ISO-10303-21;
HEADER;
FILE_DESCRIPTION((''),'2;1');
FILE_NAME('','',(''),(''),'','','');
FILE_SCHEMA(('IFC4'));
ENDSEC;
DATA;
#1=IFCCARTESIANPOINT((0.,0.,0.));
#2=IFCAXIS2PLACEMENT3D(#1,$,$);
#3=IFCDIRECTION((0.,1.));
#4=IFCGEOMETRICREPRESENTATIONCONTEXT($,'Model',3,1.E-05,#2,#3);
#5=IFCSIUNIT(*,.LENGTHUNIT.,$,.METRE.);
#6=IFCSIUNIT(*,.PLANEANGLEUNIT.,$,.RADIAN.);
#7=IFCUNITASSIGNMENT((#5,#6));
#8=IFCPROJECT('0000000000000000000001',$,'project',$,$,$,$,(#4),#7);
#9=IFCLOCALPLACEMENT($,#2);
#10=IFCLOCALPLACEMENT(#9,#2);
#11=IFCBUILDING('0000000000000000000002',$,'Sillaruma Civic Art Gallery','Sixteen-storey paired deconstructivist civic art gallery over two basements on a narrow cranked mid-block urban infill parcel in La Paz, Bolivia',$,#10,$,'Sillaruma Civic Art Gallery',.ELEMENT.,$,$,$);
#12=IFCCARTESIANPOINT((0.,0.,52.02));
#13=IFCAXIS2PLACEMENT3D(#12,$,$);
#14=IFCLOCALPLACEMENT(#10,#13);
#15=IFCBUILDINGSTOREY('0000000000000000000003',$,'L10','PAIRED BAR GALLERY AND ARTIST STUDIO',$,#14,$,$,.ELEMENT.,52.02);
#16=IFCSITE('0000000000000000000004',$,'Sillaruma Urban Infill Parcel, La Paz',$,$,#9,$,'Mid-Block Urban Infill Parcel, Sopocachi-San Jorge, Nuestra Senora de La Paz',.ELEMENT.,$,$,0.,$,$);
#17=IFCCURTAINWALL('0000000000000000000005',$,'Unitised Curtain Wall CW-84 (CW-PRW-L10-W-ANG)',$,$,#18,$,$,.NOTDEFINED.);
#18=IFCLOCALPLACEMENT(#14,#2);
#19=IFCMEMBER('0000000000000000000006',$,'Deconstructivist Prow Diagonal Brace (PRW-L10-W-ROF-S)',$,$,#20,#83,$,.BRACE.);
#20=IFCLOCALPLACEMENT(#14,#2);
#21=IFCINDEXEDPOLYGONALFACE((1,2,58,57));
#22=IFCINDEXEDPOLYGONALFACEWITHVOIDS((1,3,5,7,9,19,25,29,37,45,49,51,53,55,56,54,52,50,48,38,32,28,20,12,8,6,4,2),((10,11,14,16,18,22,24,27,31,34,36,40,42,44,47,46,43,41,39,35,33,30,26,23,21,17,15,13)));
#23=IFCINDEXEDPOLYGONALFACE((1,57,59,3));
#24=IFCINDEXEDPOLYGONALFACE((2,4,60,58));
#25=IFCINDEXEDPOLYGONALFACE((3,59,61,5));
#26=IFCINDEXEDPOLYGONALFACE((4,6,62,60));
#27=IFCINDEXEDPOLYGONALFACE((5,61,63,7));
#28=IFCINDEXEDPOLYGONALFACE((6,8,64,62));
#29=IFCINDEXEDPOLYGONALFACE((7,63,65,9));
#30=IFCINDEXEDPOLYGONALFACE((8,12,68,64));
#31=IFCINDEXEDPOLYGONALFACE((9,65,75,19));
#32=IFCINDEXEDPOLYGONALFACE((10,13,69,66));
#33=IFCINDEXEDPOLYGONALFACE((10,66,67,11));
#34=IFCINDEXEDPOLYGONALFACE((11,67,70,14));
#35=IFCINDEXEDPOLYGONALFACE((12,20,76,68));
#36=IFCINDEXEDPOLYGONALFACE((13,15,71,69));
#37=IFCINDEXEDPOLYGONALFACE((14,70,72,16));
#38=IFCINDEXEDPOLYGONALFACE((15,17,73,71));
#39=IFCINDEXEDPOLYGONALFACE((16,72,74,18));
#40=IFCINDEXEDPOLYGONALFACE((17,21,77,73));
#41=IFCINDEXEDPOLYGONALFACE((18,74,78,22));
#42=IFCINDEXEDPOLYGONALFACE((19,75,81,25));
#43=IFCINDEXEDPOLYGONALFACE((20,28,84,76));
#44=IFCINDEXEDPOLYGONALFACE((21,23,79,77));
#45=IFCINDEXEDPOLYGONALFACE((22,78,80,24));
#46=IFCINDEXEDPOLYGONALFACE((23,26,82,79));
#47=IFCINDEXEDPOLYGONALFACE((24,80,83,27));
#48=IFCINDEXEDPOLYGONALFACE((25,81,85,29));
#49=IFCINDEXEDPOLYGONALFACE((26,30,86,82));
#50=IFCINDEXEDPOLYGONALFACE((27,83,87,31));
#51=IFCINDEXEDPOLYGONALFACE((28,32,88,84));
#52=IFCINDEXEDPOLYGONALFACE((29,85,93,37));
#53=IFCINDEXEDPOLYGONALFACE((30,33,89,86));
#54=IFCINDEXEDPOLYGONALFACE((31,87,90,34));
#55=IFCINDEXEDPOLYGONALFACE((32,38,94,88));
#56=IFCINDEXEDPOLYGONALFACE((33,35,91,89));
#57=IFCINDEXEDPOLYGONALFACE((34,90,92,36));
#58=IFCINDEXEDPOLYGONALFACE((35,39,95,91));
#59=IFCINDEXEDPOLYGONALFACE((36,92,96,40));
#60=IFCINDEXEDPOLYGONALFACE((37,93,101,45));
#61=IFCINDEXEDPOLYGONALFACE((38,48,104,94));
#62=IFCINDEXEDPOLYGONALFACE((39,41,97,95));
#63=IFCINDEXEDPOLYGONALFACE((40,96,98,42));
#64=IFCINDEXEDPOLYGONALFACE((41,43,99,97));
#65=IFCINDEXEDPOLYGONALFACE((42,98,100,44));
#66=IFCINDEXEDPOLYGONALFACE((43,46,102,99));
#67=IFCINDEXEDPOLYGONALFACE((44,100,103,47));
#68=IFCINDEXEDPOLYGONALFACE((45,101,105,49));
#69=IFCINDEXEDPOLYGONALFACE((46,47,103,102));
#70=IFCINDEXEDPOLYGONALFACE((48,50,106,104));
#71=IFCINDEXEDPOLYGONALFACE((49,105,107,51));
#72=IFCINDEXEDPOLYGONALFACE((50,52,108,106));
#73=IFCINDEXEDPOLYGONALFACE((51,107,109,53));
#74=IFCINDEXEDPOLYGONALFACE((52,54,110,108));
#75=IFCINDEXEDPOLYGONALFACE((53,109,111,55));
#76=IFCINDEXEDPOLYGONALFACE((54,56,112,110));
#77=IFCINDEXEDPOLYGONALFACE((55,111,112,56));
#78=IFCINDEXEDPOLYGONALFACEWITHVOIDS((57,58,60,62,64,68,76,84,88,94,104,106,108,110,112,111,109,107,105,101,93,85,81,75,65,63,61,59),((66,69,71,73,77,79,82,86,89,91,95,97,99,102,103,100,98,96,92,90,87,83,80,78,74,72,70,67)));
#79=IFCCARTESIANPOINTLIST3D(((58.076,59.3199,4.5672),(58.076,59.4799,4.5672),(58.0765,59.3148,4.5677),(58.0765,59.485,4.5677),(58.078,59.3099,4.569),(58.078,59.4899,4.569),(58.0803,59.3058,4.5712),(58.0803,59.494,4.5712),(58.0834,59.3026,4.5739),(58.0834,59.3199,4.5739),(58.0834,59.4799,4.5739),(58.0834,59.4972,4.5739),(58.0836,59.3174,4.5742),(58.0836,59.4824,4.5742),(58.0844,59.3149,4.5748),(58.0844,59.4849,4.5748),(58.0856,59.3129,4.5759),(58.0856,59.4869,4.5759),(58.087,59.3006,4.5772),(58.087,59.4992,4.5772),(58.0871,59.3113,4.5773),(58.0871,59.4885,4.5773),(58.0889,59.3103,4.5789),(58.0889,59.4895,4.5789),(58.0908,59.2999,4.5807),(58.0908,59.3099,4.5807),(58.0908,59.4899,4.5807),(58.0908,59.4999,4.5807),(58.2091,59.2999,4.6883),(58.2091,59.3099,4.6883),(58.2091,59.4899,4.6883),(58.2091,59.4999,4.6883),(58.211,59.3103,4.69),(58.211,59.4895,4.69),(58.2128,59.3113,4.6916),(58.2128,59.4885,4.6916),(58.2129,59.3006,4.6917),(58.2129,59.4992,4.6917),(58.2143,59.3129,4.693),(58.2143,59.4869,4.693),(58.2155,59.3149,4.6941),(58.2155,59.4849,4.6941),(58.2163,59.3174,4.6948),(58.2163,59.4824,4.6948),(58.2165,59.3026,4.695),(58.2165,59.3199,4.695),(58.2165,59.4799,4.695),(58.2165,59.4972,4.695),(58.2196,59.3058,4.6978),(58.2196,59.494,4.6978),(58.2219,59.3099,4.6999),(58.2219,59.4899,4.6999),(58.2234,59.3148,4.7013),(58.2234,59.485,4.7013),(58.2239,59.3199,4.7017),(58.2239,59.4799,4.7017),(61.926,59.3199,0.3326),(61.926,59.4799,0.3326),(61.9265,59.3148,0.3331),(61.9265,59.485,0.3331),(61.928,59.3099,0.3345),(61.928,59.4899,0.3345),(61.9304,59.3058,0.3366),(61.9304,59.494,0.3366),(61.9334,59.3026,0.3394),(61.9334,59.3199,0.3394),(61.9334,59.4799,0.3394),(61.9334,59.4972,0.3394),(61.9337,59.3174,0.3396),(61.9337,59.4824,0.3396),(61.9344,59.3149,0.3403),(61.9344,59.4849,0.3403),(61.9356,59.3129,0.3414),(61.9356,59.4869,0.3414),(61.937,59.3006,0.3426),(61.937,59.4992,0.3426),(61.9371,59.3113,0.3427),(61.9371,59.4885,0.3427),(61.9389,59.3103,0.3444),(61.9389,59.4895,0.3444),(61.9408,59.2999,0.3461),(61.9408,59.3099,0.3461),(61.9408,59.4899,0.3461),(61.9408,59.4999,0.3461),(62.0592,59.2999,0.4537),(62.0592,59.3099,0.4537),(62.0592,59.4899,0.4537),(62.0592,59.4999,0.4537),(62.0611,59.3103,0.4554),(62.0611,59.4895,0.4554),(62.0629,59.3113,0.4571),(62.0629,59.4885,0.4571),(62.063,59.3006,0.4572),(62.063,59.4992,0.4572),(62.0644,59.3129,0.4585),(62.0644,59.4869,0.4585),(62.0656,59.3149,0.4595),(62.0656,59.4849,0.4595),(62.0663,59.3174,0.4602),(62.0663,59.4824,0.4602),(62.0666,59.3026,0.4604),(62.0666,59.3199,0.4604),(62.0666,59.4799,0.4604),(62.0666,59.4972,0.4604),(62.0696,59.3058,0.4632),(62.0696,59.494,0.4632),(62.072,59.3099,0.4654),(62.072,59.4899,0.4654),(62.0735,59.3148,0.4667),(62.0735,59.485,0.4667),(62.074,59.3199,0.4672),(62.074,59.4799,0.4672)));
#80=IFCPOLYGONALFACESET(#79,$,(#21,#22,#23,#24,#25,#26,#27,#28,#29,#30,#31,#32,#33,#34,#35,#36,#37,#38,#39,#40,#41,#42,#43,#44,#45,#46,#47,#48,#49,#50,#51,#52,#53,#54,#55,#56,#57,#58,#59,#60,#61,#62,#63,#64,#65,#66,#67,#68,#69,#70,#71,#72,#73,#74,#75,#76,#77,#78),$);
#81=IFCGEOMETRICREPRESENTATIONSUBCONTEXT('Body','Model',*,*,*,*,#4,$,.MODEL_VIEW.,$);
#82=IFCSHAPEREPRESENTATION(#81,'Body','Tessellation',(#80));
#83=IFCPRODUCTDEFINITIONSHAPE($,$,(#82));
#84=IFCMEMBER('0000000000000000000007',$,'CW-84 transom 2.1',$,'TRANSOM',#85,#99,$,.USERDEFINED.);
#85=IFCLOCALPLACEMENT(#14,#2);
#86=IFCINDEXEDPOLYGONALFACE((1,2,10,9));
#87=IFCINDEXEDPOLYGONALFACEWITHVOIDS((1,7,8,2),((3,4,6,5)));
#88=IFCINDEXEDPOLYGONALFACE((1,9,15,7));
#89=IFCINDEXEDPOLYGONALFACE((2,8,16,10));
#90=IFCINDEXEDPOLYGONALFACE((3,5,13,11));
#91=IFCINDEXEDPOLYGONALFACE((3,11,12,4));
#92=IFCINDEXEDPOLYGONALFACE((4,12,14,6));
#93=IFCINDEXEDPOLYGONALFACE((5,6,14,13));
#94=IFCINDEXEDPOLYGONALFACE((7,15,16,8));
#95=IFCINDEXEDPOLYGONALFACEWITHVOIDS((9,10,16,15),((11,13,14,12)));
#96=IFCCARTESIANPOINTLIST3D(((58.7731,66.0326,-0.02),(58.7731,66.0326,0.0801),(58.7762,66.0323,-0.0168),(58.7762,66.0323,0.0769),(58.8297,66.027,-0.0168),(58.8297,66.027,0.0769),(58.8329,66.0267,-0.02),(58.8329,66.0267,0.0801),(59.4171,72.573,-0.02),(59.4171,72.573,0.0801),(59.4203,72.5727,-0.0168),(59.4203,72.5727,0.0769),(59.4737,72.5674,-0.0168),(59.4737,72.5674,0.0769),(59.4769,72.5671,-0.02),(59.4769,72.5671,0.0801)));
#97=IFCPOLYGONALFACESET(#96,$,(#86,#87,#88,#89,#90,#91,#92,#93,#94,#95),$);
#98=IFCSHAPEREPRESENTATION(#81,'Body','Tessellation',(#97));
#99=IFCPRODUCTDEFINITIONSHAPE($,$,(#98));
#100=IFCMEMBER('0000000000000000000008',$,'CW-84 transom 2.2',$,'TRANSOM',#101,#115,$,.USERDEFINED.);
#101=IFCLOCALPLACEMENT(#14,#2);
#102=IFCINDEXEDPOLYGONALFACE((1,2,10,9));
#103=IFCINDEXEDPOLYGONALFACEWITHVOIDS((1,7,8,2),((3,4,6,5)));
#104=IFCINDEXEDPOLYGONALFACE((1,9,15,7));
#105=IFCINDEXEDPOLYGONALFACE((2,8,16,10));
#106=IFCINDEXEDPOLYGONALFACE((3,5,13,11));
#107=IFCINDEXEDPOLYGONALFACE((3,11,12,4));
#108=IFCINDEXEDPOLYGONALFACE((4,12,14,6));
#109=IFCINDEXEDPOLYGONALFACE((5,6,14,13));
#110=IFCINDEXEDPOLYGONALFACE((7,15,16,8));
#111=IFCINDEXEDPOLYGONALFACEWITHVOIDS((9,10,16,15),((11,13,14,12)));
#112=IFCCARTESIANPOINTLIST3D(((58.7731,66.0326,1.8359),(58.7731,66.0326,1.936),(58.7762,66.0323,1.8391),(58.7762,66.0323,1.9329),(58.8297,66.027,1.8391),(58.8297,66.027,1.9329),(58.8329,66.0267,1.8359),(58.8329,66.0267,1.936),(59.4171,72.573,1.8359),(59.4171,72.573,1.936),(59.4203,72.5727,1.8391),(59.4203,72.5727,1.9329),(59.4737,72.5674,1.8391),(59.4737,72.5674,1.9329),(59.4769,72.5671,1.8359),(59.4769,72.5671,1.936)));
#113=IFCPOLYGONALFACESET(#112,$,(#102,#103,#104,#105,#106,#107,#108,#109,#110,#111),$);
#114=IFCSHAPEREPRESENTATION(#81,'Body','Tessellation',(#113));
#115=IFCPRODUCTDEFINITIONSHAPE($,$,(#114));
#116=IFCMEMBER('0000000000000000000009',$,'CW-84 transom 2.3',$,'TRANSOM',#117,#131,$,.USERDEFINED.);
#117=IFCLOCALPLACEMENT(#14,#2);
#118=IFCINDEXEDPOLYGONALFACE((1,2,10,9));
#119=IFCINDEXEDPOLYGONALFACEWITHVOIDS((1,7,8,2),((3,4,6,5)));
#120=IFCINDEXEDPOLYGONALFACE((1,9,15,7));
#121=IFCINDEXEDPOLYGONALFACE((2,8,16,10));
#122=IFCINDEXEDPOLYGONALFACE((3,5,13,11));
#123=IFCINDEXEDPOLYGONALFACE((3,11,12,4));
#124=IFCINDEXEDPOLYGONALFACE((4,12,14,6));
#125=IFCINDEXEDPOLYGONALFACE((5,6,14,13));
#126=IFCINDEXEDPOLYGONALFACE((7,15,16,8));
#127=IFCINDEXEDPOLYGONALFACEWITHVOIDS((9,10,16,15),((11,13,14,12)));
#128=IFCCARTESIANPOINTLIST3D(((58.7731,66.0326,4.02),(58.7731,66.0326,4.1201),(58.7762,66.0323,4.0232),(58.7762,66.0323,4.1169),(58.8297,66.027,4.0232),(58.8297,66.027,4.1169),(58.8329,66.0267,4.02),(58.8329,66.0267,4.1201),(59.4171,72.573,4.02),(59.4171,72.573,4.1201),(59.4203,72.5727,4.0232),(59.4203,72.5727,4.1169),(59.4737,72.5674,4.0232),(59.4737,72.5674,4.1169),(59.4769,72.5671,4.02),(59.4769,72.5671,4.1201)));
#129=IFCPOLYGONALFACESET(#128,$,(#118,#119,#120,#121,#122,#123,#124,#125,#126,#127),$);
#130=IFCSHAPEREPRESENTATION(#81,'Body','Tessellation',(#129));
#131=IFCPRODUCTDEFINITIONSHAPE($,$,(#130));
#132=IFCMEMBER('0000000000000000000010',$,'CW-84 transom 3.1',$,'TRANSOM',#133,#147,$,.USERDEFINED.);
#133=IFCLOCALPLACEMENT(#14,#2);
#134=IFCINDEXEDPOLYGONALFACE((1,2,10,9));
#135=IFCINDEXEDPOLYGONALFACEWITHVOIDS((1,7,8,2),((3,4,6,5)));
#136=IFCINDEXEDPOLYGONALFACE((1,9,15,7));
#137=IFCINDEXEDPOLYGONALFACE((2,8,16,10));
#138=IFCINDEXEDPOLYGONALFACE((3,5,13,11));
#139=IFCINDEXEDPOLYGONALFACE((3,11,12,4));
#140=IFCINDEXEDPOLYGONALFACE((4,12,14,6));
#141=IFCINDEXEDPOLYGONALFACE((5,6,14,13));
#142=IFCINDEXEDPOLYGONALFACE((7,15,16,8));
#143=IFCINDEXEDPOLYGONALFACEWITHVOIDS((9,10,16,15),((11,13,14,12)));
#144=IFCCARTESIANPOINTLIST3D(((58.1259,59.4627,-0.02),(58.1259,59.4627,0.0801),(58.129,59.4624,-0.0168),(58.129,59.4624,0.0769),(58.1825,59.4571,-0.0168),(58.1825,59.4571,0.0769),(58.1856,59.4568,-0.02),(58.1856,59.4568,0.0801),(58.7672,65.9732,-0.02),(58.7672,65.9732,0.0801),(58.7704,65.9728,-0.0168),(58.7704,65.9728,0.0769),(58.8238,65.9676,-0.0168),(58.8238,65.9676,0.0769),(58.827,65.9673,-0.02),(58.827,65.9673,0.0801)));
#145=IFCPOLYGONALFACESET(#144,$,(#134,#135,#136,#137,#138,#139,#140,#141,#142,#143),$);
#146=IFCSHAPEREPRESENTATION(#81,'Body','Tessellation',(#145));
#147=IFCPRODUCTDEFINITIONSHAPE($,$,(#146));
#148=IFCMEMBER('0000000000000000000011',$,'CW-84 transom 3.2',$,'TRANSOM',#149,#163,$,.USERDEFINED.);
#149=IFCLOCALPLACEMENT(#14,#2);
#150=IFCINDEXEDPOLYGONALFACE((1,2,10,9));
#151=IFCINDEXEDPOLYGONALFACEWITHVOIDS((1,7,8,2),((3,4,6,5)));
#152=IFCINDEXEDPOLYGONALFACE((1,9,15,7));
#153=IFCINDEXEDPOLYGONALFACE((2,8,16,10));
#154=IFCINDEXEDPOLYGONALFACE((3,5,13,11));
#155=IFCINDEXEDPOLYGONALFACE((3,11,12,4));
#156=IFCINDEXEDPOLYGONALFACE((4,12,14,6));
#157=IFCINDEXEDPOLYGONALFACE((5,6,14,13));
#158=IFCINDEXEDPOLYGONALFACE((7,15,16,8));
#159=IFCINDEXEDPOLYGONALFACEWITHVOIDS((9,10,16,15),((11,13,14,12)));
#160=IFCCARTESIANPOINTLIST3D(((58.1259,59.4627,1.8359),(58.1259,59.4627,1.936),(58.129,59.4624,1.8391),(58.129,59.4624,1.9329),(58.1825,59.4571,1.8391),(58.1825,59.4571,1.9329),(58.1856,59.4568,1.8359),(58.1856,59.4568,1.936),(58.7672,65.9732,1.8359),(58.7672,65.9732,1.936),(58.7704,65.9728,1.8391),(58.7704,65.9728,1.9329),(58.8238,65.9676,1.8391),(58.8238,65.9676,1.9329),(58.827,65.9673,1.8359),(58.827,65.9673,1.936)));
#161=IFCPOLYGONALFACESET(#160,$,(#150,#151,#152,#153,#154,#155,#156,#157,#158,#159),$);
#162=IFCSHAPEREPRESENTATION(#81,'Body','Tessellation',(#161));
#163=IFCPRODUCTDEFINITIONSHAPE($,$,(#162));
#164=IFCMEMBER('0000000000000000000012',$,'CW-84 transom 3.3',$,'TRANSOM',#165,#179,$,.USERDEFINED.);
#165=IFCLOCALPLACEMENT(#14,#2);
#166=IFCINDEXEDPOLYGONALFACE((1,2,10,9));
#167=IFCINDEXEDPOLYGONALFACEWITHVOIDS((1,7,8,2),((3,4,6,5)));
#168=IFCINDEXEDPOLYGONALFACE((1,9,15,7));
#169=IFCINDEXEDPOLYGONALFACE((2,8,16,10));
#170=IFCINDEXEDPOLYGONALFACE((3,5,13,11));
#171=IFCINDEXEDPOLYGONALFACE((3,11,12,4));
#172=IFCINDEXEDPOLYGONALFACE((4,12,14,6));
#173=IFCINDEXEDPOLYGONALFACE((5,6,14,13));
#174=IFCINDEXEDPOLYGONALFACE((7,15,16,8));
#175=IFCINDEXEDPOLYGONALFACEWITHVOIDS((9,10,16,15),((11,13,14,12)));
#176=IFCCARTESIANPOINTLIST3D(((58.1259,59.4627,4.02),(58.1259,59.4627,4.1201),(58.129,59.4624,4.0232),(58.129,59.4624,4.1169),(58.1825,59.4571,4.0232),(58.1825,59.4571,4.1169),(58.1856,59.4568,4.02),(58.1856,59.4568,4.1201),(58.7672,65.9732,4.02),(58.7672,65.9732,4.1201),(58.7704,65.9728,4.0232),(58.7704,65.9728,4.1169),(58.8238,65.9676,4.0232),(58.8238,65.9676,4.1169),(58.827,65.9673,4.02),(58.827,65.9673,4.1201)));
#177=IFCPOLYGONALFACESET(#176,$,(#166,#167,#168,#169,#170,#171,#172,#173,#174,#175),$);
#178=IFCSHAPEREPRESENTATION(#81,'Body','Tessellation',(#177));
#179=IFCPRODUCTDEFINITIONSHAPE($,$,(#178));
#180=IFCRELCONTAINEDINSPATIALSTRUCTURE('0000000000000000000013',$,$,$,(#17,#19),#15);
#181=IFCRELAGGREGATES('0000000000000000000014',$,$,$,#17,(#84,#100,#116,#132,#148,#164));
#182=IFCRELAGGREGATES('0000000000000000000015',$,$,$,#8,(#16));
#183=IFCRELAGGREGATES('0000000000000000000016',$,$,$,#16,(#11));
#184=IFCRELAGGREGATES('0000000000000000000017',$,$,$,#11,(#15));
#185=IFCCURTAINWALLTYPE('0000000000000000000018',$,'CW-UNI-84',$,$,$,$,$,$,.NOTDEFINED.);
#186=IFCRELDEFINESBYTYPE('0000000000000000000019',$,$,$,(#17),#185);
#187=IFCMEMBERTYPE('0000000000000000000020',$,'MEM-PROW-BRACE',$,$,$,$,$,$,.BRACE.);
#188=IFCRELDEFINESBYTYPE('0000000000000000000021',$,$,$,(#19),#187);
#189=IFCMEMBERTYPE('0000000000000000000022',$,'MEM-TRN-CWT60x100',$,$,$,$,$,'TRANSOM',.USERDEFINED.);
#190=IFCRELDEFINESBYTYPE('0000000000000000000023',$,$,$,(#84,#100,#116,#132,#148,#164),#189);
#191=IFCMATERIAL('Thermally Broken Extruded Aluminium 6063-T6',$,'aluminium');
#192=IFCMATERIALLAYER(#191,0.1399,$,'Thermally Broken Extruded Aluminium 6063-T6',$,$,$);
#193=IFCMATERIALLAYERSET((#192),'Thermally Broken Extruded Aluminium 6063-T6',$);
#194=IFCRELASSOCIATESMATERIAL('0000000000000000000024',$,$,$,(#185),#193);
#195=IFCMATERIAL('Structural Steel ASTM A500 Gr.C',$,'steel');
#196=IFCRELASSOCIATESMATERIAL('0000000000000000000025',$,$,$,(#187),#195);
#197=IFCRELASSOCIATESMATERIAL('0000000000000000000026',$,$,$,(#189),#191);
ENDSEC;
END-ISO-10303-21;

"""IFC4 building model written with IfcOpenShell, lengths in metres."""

from ifc_helpers import new_model, si_unit, direction, frame, origin, origin_2d, place, context, subcontext, project, spatial, hollow_rectangle, extrude, material, layer, layer_set, material_profile, profile_set, type_object, element, aggregate, save


model = new_model("IFC4")

# Units and contexts
model_context = context("Model", 3, precision=1e-05, world=origin(), true_north=direction((0.0, 1.0)))
body_context = subcontext(model_context, "Body", "Model", "MODEL_VIEW")
ifc_project = project(units=[si_unit("LENGTHUNIT", "METRE"), si_unit("PLANEANGLEUNIT", "RADIAN")], contexts=[model_context])

# Site, building, storey
site_placement = place(None, origin())
site = spatial("IfcSite", under=ifc_project, at=site_placement, Name="Sillaruma Urban Infill Parcel, La Paz", LongName="Mid-Block Urban Infill Parcel, Sopocachi-San Jorge, Nuestra Senora de La Paz", CompositionType="ELEMENT", RefElevation=0.0)
building_placement = place(site_placement, origin())
building = spatial("IfcBuilding", under=site, at=building_placement, Name="Sillaruma Civic Art Gallery", Description="Sixteen-storey paired deconstructivist civic art gallery over two basements on a narrow cranked mid-block urban infill parcel in La Paz, Bolivia", LongName="Sillaruma Civic Art Gallery", CompositionType="ELEMENT")
storey_placement = place(building_placement, frame((0.0, 0.0, 52.02)))
storey = spatial("IfcBuildingStorey", under=building, at=storey_placement, Name="L10", Description="PAIRED BAR GALLERY AND ARTIST STUDIO", CompositionType="ELEMENT", Elevation=52.02)

# Shared definitions
ifc_material_1 = material(Name="Thermally Broken Extruded Aluminium 6063-T6", Category="aluminium")

# Curtain wall
ifc_layer_1 = layer(ifc_material_1, 0.1399, Name="Thermally Broken Extruded Aluminium 6063-T6")
ifc_layer_set_1 = layer_set([ifc_layer_1], Name="Thermally Broken Extruded Aluminium 6063-T6")
curtain_wall_type_1 = type_object("IfcCurtainWallType", Name="CW-UNI-84", PredefinedType="NOTDEFINED", material=ifc_layer_set_1)
curtain_wall_1_placement = place(storey_placement, origin())
curtain_wall_1 = element("IfcCurtainWall", 1, at=curtain_wall_1_placement, inside=storey, type_object=curtain_wall_type_1, Name="Unitised Curtain Wall CW-84 (CW-PRW-L10-W-ANG)", PredefinedType="NOTDEFINED")

# Members
ifc_material_2 = material(Name="Structural Steel ASTM A500 Gr.C", Category="steel")
ifc_material_profile_1 = material_profile(ifc_material_2, hollow_rectangle(XDim=0.2, YDim=0.2, WallThickness=0.01, InnerFilletRadius=0.01, OuterFilletRadius=0.02, at=origin_2d()), Name="HSS200x200x10")
ifc_profile_set_1 = profile_set([ifc_material_profile_1], Name="Structural Steel ASTM A500 Gr.C")
member_type_1 = type_object("IfcMemberType", Name="MEM-PROW-BRACE", PredefinedType="BRACE", material=ifc_profile_set_1)
member_1_placement = place(storey_placement, frame((62.0, 59.3999, 0.3999), z_axis=(-0.672715, 0.0, 0.739901), x_axis=(0.0, -1.0, 0.0)))
element("IfcMember", 2, at=member_1_placement, inside=storey, type_object=member_type_1, Name="Deconstructivist Prow Diagonal Brace (PRW-L10-W-ROF-S)", PredefinedType="BRACE", context=body_context, shape_type="SweptSolid", body=[
    extrude(hollow_rectangle(XDim=0.2, YDim=0.2, WallThickness=0.01, InnerFilletRadius=0.01, OuterFilletRadius=0.02, at=origin_2d()), origin(), (0.0, 0.0, 1.0), 5.7231),
])
ifc_material_profile_2 = material_profile(ifc_material_1, hollow_rectangle(XDim=0.0601, YDim=0.1001, WallThickness=0.0032, at=origin_2d()), Name="CWT60x100")
ifc_profile_set_2 = profile_set([ifc_material_profile_2], Name="Thermally Broken Extruded Aluminium 6063-T6")
member_type_2 = type_object("IfcMemberType", Name="MEM-TRN-CWT60x100", ElementType="TRANSOM", PredefinedType="USERDEFINED", material=ifc_profile_set_2)
member_2_placement = place(storey_placement, frame((59.447, 72.5701, 0.03), z_axis=(-0.097999, -0.995186, 0.0), x_axis=(0.995186, -0.097999, 0.0)))
member_2 = element("IfcMember", 3, at=member_2_placement, type_object=member_type_2, Name="CW-84 transom 2.1", ObjectType="TRANSOM", PredefinedType="USERDEFINED", context=body_context, shape_type="SweptSolid", body=[
    extrude(hollow_rectangle(XDim=0.0601, YDim=0.1001, WallThickness=0.0032, at=origin_2d()), origin(), (0.0, 0.0, 1.0), 6.572),
])
member_3_placement = place(storey_placement, frame((59.447, 72.5701, 1.886), z_axis=(-0.097999, -0.995186, 0.0), x_axis=(0.995186, -0.097999, 0.0)))
member_3 = element("IfcMember", 4, at=member_3_placement, type_object=member_type_2, Name="CW-84 transom 2.2", ObjectType="TRANSOM", PredefinedType="USERDEFINED", context=body_context, shape_type="SweptSolid", body=[
    extrude(hollow_rectangle(XDim=0.0601, YDim=0.1001, WallThickness=0.0032, at=origin_2d()), origin(), (0.0, 0.0, 1.0), 6.572),
])
member_4_placement = place(storey_placement, frame((59.447, 72.5701, 4.0701), z_axis=(-0.097999, -0.995186, 0.0), x_axis=(0.995186, -0.097999, 0.0)))
member_4 = element("IfcMember", 5, at=member_4_placement, type_object=member_type_2, Name="CW-84 transom 2.3", ObjectType="TRANSOM", PredefinedType="USERDEFINED", context=body_context, shape_type="SweptSolid", body=[
    extrude(hollow_rectangle(XDim=0.0601, YDim=0.1001, WallThickness=0.0032, at=origin_2d()), origin(), (0.0, 0.0, 1.0), 6.572),
])
member_5_placement = place(storey_placement, frame((58.7971, 65.9702, 0.03), z_axis=(-0.098037, -0.995183, 0.0), x_axis=(0.995183, -0.098037, 0.0)))
member_5 = element("IfcMember", 6, at=member_5_placement, type_object=member_type_2, Name="CW-84 transom 3.1", ObjectType="TRANSOM", PredefinedType="USERDEFINED", context=body_context, shape_type="SweptSolid", body=[
    extrude(hollow_rectangle(XDim=0.0601, YDim=0.1001, WallThickness=0.0032, at=origin_2d()), origin(), (0.0, 0.0, 1.0), 6.542),
])
member_6_placement = place(storey_placement, frame((58.7971, 65.9702, 1.886), z_axis=(-0.098037, -0.995183, 0.0), x_axis=(0.995183, -0.098037, 0.0)))
member_6 = element("IfcMember", 7, at=member_6_placement, type_object=member_type_2, Name="CW-84 transom 3.2", ObjectType="TRANSOM", PredefinedType="USERDEFINED", context=body_context, shape_type="SweptSolid", body=[
    extrude(hollow_rectangle(XDim=0.0601, YDim=0.1001, WallThickness=0.0032, at=origin_2d()), origin(), (0.0, 0.0, 1.0), 6.542),
])
member_7_placement = place(storey_placement, frame((58.7971, 65.9702, 4.0701), z_axis=(-0.098037, -0.995183, 0.0), x_axis=(0.995183, -0.098037, 0.0)))
member_7 = element("IfcMember", 8, at=member_7_placement, type_object=member_type_2, Name="CW-84 transom 3.3", ObjectType="TRANSOM", PredefinedType="USERDEFINED", context=body_context, shape_type="SweptSolid", body=[
    extrude(hollow_rectangle(XDim=0.0601, YDim=0.1001, WallThickness=0.0032, at=origin_2d()), origin(), (0.0, 0.0, 1.0), 6.542),
])

aggregate(curtain_wall_1, [member_2, member_3, member_4, member_5, member_6, member_7])

save(model, "model.ifc")
